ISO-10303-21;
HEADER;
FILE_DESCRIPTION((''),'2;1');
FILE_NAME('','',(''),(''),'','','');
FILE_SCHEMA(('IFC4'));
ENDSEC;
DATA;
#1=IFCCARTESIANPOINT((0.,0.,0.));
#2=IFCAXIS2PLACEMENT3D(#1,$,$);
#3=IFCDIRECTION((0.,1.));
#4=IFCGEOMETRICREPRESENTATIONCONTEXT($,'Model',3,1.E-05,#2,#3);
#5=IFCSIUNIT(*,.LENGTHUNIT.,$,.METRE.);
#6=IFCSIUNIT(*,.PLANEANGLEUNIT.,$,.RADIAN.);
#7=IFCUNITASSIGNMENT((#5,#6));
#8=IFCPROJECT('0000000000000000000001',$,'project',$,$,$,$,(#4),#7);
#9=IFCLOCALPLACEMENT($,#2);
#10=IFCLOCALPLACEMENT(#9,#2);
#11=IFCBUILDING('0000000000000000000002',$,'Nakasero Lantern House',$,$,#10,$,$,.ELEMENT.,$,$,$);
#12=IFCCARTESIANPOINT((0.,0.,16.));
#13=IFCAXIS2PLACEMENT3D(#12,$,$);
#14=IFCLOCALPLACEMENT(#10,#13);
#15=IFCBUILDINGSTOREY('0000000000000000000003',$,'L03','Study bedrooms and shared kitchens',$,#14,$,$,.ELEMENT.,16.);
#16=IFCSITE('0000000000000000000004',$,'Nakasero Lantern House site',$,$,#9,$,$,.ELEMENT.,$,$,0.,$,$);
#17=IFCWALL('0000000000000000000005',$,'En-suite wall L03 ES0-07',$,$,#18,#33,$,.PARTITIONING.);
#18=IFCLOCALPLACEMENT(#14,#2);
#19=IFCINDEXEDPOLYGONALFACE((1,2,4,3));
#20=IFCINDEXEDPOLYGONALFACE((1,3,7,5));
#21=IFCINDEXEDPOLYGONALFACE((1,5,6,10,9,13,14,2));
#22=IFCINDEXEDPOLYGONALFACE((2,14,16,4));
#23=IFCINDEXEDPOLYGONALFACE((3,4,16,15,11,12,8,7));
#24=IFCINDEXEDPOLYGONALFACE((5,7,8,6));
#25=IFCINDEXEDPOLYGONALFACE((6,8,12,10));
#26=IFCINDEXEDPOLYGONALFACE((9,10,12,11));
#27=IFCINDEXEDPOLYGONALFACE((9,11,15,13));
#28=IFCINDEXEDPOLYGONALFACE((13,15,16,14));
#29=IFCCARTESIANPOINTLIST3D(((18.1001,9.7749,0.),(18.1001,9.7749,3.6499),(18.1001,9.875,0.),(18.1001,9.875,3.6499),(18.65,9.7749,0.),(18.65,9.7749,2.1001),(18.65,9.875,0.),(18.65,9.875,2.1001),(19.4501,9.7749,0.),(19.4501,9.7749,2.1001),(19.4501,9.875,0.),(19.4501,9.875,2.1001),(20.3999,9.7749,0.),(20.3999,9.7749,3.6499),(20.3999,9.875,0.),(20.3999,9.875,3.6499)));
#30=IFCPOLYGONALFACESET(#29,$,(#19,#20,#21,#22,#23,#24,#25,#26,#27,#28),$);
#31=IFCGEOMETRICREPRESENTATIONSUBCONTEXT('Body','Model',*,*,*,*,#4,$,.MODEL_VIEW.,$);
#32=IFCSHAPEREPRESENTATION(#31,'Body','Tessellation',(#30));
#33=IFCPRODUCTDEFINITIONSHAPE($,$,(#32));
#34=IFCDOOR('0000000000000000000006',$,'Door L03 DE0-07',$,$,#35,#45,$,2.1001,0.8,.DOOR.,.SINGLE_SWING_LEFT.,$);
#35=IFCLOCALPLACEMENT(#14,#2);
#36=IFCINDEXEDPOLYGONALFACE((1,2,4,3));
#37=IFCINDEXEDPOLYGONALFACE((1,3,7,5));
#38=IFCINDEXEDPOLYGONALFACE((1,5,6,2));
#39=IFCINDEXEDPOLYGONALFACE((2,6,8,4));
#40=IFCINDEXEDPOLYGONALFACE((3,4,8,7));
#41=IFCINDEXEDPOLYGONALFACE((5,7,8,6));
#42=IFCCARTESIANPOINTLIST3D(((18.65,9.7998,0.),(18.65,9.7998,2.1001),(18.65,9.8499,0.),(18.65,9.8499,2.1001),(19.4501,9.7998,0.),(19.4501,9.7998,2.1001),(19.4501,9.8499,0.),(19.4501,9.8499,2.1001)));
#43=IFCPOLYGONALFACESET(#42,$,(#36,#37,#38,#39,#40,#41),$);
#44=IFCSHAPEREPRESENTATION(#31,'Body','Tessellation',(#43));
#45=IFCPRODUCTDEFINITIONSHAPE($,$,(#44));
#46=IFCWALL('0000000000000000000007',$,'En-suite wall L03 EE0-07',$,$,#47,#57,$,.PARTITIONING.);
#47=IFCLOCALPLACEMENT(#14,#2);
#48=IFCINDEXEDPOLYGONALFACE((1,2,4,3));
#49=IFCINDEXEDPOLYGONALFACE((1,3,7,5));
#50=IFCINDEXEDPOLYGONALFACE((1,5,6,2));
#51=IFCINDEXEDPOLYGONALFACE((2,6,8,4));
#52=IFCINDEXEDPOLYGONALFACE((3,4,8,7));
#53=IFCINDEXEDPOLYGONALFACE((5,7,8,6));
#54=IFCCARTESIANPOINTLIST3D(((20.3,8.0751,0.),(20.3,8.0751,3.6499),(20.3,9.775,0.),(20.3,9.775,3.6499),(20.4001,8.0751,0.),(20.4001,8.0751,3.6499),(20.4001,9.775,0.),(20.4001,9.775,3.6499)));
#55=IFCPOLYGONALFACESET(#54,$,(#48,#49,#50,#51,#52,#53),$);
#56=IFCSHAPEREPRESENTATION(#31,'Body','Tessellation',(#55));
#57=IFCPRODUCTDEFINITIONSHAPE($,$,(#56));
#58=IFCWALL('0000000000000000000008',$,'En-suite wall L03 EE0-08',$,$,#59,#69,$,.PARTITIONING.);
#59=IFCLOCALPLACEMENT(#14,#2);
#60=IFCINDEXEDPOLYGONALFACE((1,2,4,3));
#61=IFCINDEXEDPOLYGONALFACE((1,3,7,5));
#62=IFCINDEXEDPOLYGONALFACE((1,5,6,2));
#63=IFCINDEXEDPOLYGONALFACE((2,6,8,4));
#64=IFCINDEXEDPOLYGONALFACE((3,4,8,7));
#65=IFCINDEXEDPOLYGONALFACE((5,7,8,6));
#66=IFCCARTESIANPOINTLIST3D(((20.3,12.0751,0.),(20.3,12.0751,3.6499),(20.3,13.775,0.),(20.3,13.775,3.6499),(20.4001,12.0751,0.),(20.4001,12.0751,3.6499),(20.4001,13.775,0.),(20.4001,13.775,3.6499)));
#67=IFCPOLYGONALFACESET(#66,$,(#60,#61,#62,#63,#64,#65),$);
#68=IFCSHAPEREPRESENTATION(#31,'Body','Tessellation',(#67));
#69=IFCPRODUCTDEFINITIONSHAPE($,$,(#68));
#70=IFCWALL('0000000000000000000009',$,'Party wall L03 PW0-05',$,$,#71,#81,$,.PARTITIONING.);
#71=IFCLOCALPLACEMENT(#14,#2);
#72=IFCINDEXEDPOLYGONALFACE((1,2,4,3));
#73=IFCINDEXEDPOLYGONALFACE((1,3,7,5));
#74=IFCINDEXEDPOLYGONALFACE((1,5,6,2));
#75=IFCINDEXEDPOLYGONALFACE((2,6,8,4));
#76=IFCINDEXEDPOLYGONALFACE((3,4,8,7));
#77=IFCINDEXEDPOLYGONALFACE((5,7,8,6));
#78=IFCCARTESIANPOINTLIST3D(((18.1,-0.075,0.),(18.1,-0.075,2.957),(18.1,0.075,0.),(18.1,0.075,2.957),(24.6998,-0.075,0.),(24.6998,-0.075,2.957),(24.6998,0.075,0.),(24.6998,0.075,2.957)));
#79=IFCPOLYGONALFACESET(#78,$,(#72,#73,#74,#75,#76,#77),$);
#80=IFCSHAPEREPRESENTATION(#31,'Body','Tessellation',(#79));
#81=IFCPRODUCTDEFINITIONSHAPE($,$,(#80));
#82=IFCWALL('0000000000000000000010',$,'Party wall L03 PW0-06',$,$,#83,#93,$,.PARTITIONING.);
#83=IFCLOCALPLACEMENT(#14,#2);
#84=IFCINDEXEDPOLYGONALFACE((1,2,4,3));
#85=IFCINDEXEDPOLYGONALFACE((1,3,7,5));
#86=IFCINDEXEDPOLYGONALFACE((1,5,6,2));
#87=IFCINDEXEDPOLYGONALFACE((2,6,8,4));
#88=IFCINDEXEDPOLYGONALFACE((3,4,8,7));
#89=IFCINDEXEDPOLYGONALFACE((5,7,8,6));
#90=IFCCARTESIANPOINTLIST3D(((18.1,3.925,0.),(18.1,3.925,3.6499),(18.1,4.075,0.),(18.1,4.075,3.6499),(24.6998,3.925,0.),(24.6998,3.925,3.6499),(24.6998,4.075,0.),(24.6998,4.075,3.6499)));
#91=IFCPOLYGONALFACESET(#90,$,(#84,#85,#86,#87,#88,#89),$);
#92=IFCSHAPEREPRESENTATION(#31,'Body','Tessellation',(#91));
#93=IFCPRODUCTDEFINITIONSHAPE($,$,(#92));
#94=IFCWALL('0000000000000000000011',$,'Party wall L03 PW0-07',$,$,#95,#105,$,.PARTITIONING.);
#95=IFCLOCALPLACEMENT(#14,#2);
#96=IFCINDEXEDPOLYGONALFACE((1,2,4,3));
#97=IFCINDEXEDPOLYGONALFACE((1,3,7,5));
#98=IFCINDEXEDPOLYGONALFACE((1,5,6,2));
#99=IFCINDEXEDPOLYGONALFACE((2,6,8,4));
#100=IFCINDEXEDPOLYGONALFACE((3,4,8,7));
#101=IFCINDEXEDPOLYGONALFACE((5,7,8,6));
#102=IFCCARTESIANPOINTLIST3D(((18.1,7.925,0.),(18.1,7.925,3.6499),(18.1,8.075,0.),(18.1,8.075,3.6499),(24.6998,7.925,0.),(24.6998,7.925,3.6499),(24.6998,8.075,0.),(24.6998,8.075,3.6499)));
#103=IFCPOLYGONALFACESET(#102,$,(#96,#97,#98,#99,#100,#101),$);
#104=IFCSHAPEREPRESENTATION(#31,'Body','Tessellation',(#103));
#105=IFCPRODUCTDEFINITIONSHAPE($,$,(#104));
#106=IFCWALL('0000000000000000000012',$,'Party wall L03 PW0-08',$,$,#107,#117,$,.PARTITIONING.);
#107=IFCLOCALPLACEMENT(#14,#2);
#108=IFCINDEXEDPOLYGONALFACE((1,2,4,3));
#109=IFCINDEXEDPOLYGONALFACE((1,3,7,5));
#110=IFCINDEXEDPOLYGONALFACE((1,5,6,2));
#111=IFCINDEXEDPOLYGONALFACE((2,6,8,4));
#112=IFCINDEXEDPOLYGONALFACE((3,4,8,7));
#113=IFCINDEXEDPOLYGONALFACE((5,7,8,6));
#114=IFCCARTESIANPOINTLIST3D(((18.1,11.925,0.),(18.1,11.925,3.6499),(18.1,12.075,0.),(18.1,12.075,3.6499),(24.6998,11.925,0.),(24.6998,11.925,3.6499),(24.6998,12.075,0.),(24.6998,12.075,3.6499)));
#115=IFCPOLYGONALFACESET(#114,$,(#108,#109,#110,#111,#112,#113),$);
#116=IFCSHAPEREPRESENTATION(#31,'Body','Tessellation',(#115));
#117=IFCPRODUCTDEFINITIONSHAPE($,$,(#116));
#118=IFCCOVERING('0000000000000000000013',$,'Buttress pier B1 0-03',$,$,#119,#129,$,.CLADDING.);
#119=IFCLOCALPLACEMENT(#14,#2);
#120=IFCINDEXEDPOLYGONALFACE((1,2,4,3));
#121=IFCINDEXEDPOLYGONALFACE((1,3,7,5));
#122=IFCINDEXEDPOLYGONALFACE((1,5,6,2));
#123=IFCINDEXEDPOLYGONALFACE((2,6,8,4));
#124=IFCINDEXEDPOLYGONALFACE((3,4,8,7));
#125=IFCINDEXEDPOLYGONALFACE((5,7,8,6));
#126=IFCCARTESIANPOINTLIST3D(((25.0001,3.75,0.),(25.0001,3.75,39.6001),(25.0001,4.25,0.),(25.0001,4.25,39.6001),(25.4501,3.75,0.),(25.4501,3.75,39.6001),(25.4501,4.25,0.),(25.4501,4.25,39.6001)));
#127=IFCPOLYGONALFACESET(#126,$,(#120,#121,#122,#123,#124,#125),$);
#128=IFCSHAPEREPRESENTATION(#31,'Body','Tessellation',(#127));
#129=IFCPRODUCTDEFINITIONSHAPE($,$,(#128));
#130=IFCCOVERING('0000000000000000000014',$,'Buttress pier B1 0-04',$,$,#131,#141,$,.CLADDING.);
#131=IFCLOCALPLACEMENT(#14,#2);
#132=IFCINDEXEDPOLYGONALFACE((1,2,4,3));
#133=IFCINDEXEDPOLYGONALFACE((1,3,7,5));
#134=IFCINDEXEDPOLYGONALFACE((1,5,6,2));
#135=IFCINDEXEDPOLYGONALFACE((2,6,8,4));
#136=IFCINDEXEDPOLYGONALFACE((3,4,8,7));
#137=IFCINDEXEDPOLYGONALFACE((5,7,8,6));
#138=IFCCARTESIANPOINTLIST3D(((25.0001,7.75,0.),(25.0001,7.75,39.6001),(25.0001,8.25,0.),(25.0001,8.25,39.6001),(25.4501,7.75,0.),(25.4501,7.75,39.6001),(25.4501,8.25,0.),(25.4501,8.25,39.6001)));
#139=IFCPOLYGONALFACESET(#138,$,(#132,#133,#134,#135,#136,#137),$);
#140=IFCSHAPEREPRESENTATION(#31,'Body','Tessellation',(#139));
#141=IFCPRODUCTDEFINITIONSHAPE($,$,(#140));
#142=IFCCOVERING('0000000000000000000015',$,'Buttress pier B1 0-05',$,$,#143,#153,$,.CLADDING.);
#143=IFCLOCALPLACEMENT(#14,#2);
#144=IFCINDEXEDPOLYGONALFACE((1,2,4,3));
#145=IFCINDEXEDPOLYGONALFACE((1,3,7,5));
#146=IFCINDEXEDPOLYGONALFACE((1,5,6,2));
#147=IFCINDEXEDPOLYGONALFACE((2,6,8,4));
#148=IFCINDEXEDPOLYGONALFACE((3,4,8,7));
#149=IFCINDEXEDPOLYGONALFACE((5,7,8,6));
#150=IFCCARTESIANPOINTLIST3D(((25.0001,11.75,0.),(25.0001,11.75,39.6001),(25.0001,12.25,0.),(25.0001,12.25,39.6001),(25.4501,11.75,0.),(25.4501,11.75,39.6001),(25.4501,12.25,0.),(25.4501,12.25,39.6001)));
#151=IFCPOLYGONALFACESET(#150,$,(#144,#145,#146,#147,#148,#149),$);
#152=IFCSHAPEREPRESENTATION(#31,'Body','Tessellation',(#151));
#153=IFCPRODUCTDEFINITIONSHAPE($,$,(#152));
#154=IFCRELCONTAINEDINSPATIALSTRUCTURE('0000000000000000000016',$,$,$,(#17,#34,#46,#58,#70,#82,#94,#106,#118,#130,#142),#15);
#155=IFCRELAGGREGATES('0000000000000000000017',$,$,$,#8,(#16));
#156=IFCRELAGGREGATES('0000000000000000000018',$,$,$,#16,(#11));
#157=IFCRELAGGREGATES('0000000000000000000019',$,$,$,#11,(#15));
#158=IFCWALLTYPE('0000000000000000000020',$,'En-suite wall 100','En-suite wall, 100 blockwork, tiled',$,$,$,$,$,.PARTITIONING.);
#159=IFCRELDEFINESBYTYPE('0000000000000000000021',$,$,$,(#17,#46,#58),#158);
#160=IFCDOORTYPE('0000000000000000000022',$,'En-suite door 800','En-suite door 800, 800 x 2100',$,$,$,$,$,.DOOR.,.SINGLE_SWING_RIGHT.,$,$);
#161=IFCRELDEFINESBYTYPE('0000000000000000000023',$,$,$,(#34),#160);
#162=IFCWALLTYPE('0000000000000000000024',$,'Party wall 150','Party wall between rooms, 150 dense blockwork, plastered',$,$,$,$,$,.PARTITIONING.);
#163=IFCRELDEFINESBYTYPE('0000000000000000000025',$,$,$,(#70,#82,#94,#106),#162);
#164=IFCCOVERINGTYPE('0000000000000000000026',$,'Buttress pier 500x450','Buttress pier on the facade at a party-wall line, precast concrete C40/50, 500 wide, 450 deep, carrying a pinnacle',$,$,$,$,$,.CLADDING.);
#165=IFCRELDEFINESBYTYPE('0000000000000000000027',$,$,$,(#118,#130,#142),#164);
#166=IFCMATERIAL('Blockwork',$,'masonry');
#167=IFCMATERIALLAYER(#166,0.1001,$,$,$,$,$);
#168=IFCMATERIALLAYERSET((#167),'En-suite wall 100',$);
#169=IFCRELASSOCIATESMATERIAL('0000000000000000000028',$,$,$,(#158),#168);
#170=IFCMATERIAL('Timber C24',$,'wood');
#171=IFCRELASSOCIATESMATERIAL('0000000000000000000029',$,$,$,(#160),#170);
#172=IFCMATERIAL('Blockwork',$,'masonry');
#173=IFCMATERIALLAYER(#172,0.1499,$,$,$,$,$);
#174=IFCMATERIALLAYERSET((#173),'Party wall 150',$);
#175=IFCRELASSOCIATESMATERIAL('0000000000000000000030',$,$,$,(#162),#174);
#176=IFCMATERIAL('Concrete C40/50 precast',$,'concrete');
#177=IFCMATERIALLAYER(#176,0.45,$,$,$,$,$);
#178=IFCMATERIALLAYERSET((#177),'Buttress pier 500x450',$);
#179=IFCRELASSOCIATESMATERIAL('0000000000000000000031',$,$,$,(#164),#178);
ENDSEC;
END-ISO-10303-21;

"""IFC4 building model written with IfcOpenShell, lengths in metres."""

from ifc_helpers import new_model, si_unit, direction, frame, frame_2d, origin, origin_2d, place, context, subcontext, project, spatial, rectangle, extrude, material, layer, layer_set, type_object, element, fill, save


model = new_model("IFC4")

# Units and contexts
model_context = context("Model", 3, precision=1e-05, world=origin(), true_north=direction((0.0, 1.0)))
body_context = subcontext(model_context, "Body", "Model", "MODEL_VIEW")
ifc_project = project(units=[si_unit("LENGTHUNIT", "METRE"), si_unit("PLANEANGLEUNIT", "RADIAN")], contexts=[model_context])

# Site, building, storey
site_placement = place(None, origin())
site = spatial("IfcSite", under=ifc_project, at=site_placement, Name="Nakasero Lantern House site", CompositionType="ELEMENT", RefElevation=0.0)
building_placement = place(site_placement, origin())
building = spatial("IfcBuilding", under=site, at=building_placement, Name="Nakasero Lantern House", CompositionType="ELEMENT")
storey_placement = place(building_placement, frame((0.0, 0.0, 16.0)))
storey = spatial("IfcBuildingStorey", under=building, at=storey_placement, Name="L03", Description="Study bedrooms and shared kitchens", CompositionType="ELEMENT", Elevation=16.0)

# Shared definitions
ifc_material_1 = material(Name="Blockwork", Category="masonry")
ifc_layer_1 = layer(ifc_material_1, 0.1001)
ifc_layer_set_1 = layer_set([ifc_layer_1], Name="En-suite wall 100")
wall_type_1 = type_object("IfcWallType", Name="En-suite wall 100", Description="En-suite wall, 100 blockwork, tiled", PredefinedType="PARTITIONING", material=ifc_layer_set_1)
ifc_material_2 = material(Name="Timber C24", Category="wood")
door_type = type_object("IfcDoorType", Name="En-suite door 800", Description="En-suite door 800, 800 x 2100", OperationType="SINGLE_SWING_RIGHT", PredefinedType="DOOR", material=ifc_material_2)

# Wall, opening, door
wall_1_placement = place(storey_placement, frame((18.1001, 9.825, 0.0), z_axis=(0.0, 0.0, 1.0), x_axis=(1.0, 0.0, 0.0)))
wall_1 = element("IfcWall", 1, at=wall_1_placement, inside=storey, type_object=wall_type_1, Name="En-suite wall L03 ES0-07", PredefinedType="PARTITIONING", context=body_context, shape_type="SweptSolid", body=[
    extrude(rectangle(XDim=2.2998, YDim=0.1001, at=frame_2d((1.1499, 0.0))), origin(), (0.0, 0.0, 1.0), 3.6499),
])
opening_1_placement = place(wall_1_placement, frame((0.55, 0.0, 0.0)))
opening_1 = element("IfcOpeningElement", 2, at=opening_1_placement, cuts=wall_1, PredefinedType="OPENING", context=body_context, shape_type="SweptSolid", body=[
    extrude(rectangle(XDim=0.8, YDim=2.1001, at=frame_2d((0.3999, 1.05))), frame((0.0, 0.0701, 0.0), z_axis=(0.0, -1.0, 0.0), x_axis=(1.0, 0.0, 0.0)), (0.0, 0.0, 1.0), 0.1401),
])
door_1_placement = place(opening_1_placement, origin())
door_1 = element("IfcDoor", 3, at=door_1_placement, inside=storey, type_object=door_type, Name="Door L03 DE0-07", OperationType="SINGLE_SWING_LEFT", OverallHeight=2.1001, OverallWidth=0.8, PredefinedType="DOOR", context=body_context, shape_type="SweptSolid", body=[
    extrude(rectangle(XDim=0.8, YDim=2.1001, at=frame_2d((0.3999, 1.05))), frame((0.0, 0.0249, 0.0), z_axis=(0.0, -1.0, 0.0), x_axis=(1.0, 0.0, 0.0)), (0.0, 0.0, 1.0), 0.05),
])
fill(opening_1, door_1)

# Walls
for number, where, z_axis, x_axis, name in (
    (4, (20.3501, 8.075, 0.0), (0.0, 0.0, 1.0), (0.0, 1.0, 0.0), "En-suite wall L03 EE0-07"),
    (5, (20.3501, 12.075, 0.0), (0.0, 0.0, 1.0), (0.0, 1.0, 0.0), "En-suite wall L03 EE0-08"),
):
    element("IfcWall", number, at=place(storey_placement, frame(where, z_axis=z_axis, x_axis=x_axis)), inside=storey, type_object=wall_type_1, Name=name, PredefinedType="PARTITIONING", context=body_context, shape_type="SweptSolid", body=[
        extrude(rectangle(XDim=1.7, YDim=0.1001, at=frame_2d((0.8501, 0.0))), origin(), (0.0, 0.0, 1.0), 3.6499),
    ])
ifc_material_3 = material(Name="Blockwork", Category="masonry")
ifc_layer_2 = layer(ifc_material_3, 0.1499)
ifc_layer_set_2 = layer_set([ifc_layer_2], Name="Party wall 150")
wall_type_2 = type_object("IfcWallType", Name="Party wall 150", Description="Party wall between rooms, 150 dense blockwork, plastered", PredefinedType="PARTITIONING", material=ifc_layer_set_2)
wall_2_placement = place(storey_placement, frame((18.1001, 0.0, 0.0), z_axis=(0.0, 0.0, 1.0), x_axis=(1.0, 0.0, 0.0)))
element("IfcWall", 6, at=wall_2_placement, inside=storey, type_object=wall_type_2, Name="Party wall L03 PW0-05", PredefinedType="PARTITIONING", context=body_context, shape_type="SweptSolid", body=[
    extrude(rectangle(XDim=6.5999, YDim=0.1499, at=frame_2d((3.2998, 0.0))), origin(), (0.0, 0.0, 1.0), 2.957),
])
for number, where, z_axis, x_axis, name in (
    (7, (18.1001, 4.0, 0.0), (0.0, 0.0, 1.0), (1.0, 0.0, 0.0), "Party wall L03 PW0-06"),
    (8, (18.1001, 8.0, 0.0), (0.0, 0.0, 1.0), (1.0, 0.0, 0.0), "Party wall L03 PW0-07"),
    (9, (18.1001, 12.0, 0.0), (0.0, 0.0, 1.0), (1.0, 0.0, 0.0), "Party wall L03 PW0-08"),
):
    element("IfcWall", number, at=place(storey_placement, frame(where, z_axis=z_axis, x_axis=x_axis)), inside=storey, type_object=wall_type_2, Name=name, PredefinedType="PARTITIONING", context=body_context, shape_type="SweptSolid", body=[
        extrude(rectangle(XDim=6.5999, YDim=0.1499, at=frame_2d((3.2998, 0.0))), origin(), (0.0, 0.0, 1.0), 3.6499),
    ])

# Coverings
ifc_material_4 = material(Name="Concrete C40/50 precast", Category="concrete")
ifc_layer_3 = layer(ifc_material_4, 0.45)
ifc_layer_set_3 = layer_set([ifc_layer_3], Name="Buttress pier 500x450")
covering_type = type_object("IfcCoveringType", Name="Buttress pier 500x450", Description="Buttress pier on the facade at a party-wall line, precast concrete C40/50, 500 wide, 450 deep, carrying a pinnacle", PredefinedType="CLADDING", material=ifc_layer_set_3)
for number, where, z_axis, x_axis, name in (
    (10, (25.2251, 4.0, 0.0), (0.0, 0.0, 1.0), (1.0, 0.0, 0.0), "Buttress pier B1 0-03"),
    (11, (25.2251, 8.0, 0.0), (0.0, 0.0, 1.0), (1.0, 0.0, 0.0), "Buttress pier B1 0-04"),
    (12, (25.2251, 12.0, 0.0), (0.0, 0.0, 1.0), (1.0, 0.0, 0.0), "Buttress pier B1 0-05"),
):
    element("IfcCovering", number, at=place(storey_placement, frame(where, z_axis=z_axis, x_axis=x_axis)), inside=storey, type_object=covering_type, Name=name, PredefinedType="CLADDING", context=body_context, shape_type="SweptSolid", body=[
        extrude(rectangle(XDim=0.45, YDim=0.5, at=origin_2d()), origin(), (0.0, 0.0, 1.0), 39.6001),
    ])

save(model, "model.ifc")
